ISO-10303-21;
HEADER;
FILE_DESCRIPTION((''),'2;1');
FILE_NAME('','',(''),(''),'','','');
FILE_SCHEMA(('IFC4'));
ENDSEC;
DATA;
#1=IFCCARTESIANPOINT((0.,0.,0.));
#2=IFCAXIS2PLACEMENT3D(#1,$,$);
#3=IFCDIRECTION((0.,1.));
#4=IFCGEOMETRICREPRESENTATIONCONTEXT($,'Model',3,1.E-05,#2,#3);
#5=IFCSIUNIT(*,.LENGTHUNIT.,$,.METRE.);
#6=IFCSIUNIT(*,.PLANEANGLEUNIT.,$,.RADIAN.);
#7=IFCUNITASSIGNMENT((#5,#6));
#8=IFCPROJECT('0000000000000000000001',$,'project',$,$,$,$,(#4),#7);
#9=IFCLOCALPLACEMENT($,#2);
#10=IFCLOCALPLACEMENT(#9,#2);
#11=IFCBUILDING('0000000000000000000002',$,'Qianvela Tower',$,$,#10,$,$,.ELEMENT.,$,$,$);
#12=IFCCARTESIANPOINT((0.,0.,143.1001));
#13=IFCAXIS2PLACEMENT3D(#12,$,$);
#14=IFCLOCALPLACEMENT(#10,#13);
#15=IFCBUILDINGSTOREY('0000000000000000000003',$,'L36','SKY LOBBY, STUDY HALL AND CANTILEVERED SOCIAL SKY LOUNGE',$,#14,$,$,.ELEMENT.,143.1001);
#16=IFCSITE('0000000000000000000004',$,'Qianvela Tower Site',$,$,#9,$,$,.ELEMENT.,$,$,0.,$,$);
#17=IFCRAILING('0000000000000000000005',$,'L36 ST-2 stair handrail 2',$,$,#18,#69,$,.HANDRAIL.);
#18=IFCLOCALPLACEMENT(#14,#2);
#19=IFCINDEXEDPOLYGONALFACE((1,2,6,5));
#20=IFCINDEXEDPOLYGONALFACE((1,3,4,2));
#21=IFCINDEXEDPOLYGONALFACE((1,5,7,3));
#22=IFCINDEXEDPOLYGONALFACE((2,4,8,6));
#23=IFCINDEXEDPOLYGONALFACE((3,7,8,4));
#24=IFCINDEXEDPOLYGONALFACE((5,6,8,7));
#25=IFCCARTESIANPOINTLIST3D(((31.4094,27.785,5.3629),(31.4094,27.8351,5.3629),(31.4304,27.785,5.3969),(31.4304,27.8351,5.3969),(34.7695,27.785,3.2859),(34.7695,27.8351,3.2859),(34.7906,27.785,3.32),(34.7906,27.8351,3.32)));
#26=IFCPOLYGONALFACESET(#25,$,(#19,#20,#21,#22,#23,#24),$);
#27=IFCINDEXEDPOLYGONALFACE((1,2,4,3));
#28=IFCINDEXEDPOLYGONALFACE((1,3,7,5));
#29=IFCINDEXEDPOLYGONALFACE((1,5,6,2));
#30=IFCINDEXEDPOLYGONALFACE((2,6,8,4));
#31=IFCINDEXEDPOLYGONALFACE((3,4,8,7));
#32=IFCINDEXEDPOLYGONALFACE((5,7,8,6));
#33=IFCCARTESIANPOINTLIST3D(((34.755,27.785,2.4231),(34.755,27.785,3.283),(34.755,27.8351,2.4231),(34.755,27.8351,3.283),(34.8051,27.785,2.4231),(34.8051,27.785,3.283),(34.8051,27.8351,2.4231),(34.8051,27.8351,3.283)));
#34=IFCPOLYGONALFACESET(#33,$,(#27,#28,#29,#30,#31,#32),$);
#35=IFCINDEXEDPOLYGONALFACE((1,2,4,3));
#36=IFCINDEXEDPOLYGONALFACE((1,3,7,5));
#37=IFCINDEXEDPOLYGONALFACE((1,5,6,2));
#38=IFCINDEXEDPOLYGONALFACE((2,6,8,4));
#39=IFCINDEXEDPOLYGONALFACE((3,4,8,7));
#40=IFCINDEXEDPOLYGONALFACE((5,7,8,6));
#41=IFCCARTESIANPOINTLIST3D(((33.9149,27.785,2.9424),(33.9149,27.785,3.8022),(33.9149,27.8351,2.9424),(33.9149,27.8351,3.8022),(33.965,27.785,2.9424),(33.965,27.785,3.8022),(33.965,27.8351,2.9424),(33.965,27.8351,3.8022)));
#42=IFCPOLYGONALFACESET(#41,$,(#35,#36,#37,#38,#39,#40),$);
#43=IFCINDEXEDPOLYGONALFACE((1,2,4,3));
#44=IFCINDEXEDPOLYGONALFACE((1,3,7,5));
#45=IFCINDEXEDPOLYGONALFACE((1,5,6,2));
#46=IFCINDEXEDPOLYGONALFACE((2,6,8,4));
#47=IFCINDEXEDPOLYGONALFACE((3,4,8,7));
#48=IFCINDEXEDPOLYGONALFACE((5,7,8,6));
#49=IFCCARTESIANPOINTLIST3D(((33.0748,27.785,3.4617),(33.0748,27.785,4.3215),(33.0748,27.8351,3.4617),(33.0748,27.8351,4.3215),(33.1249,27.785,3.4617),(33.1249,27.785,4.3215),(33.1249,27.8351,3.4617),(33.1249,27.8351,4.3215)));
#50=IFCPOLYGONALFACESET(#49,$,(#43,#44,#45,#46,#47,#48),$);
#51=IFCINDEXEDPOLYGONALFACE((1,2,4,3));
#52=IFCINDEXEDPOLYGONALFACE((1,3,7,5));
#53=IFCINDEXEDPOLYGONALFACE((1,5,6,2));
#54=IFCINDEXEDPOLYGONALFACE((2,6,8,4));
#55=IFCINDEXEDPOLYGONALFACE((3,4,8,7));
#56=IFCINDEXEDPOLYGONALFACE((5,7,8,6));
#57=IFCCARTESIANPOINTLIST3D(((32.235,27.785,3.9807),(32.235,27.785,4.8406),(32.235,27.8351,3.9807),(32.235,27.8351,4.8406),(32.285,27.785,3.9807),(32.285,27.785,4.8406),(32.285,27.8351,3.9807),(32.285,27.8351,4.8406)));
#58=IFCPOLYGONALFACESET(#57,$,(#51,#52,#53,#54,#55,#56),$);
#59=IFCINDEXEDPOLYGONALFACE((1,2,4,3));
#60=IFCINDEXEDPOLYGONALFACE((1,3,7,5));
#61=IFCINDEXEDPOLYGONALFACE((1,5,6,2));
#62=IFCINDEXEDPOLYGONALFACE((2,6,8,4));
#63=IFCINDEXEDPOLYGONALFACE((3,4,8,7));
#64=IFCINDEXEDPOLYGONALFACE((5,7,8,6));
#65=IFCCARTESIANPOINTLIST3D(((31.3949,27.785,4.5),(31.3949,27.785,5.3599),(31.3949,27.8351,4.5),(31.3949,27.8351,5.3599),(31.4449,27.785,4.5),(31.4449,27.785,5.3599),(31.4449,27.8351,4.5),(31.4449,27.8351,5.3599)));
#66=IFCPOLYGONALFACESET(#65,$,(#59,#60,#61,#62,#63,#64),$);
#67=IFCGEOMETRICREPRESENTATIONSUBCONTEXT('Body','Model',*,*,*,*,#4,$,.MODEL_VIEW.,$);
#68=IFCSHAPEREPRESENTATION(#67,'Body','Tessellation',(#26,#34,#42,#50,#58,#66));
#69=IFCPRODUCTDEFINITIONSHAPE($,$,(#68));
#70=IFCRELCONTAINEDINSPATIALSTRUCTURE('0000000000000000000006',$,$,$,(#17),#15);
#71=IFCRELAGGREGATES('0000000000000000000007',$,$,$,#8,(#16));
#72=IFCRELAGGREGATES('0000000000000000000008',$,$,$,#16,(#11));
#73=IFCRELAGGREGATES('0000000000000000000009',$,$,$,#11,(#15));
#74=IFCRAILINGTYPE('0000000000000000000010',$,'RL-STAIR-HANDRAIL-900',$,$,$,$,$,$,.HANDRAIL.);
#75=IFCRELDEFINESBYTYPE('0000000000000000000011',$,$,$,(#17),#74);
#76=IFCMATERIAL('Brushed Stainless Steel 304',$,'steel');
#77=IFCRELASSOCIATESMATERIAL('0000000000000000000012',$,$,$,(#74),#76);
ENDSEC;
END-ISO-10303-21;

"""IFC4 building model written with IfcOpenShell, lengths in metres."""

from ifc_helpers import new_model, si_unit, direction, frame, origin, origin_2d, place, context, subcontext, project, spatial, rectangle, extrude, material, type_object, element, save


model = new_model("IFC4")

# Units and contexts
model_context = context("Model", 3, precision=1e-05, world=origin(), true_north=direction((0.0, 1.0)))
body_context = subcontext(model_context, "Body", "Model", "MODEL_VIEW")
ifc_project = project(units=[si_unit("LENGTHUNIT", "METRE"), si_unit("PLANEANGLEUNIT", "RADIAN")], contexts=[model_context])

# Site, building, storey
site_placement = place(None, origin())
site = spatial("IfcSite", under=ifc_project, at=site_placement, Name="Qianvela Tower Site", CompositionType="ELEMENT", RefElevation=0.0)
building_placement = place(site_placement, origin())
building = spatial("IfcBuilding", under=site, at=building_placement, Name="Qianvela Tower", CompositionType="ELEMENT")
storey_placement = place(building_placement, frame((0.0, 0.0, 143.1001)))
storey = spatial("IfcBuildingStorey", under=building, at=storey_placement, Name="L36", Description="SKY LOBBY, STUDY HALL AND CANTILEVERED SOCIAL SKY LOUNGE", CompositionType="ELEMENT", Elevation=143.1001)

# Railing
ifc_material_1 = material(Name="Brushed Stainless Steel 304", Category="steel")
railing_type_1 = type_object("IfcRailingType", Name="RL-STAIR-HANDRAIL-900", PredefinedType="HANDRAIL", material=ifc_material_1)
for number, where, name in (
    (1, (34.78, 27.8101, 2.4231), "L36 ST-2 stair handrail 2"),
):
    element("IfcRailing", number, at=place(storey_placement, frame(where)), inside=storey, type_object=railing_type_1, Name=name, PredefinedType="HANDRAIL", context=body_context, shape_type="SweptSolid", body=[
        extrude(rectangle(XDim=0.05, YDim=0.04, at=origin_2d()), frame((0.0, 0.0, 0.8799), z_axis=(-0.850623, 0.0, 0.525776), x_axis=(0.0, -1.0, 0.0)), (0.0, 0.0, 1.0), 3.9502),
        extrude(rectangle(XDim=0.05, YDim=0.05, at=origin_2d()), origin(), (0.0, 0.0, 1.0), 0.8599),
        extrude(rectangle(XDim=0.05, YDim=0.05, at=origin_2d()), frame((-0.8401, 0.0, 0.5193)), (0.0, 0.0, 1.0), 0.8599),
        extrude(rectangle(XDim=0.05, YDim=0.05, at=origin_2d()), frame((-1.6802, 0.0, 1.0386)), (0.0, 0.0, 1.0), 0.8599),
        extrude(rectangle(XDim=0.05, YDim=0.05, at=origin_2d()), frame((-2.52, 0.0, 1.5576)), (0.0, 0.0, 1.0), 0.8599),
        extrude(rectangle(XDim=0.05, YDim=0.05, at=origin_2d()), frame((-3.3601, 0.0, 2.0769)), (0.0, 0.0, 1.0), 0.8599),
    ])

save(model, "model.ifc")
